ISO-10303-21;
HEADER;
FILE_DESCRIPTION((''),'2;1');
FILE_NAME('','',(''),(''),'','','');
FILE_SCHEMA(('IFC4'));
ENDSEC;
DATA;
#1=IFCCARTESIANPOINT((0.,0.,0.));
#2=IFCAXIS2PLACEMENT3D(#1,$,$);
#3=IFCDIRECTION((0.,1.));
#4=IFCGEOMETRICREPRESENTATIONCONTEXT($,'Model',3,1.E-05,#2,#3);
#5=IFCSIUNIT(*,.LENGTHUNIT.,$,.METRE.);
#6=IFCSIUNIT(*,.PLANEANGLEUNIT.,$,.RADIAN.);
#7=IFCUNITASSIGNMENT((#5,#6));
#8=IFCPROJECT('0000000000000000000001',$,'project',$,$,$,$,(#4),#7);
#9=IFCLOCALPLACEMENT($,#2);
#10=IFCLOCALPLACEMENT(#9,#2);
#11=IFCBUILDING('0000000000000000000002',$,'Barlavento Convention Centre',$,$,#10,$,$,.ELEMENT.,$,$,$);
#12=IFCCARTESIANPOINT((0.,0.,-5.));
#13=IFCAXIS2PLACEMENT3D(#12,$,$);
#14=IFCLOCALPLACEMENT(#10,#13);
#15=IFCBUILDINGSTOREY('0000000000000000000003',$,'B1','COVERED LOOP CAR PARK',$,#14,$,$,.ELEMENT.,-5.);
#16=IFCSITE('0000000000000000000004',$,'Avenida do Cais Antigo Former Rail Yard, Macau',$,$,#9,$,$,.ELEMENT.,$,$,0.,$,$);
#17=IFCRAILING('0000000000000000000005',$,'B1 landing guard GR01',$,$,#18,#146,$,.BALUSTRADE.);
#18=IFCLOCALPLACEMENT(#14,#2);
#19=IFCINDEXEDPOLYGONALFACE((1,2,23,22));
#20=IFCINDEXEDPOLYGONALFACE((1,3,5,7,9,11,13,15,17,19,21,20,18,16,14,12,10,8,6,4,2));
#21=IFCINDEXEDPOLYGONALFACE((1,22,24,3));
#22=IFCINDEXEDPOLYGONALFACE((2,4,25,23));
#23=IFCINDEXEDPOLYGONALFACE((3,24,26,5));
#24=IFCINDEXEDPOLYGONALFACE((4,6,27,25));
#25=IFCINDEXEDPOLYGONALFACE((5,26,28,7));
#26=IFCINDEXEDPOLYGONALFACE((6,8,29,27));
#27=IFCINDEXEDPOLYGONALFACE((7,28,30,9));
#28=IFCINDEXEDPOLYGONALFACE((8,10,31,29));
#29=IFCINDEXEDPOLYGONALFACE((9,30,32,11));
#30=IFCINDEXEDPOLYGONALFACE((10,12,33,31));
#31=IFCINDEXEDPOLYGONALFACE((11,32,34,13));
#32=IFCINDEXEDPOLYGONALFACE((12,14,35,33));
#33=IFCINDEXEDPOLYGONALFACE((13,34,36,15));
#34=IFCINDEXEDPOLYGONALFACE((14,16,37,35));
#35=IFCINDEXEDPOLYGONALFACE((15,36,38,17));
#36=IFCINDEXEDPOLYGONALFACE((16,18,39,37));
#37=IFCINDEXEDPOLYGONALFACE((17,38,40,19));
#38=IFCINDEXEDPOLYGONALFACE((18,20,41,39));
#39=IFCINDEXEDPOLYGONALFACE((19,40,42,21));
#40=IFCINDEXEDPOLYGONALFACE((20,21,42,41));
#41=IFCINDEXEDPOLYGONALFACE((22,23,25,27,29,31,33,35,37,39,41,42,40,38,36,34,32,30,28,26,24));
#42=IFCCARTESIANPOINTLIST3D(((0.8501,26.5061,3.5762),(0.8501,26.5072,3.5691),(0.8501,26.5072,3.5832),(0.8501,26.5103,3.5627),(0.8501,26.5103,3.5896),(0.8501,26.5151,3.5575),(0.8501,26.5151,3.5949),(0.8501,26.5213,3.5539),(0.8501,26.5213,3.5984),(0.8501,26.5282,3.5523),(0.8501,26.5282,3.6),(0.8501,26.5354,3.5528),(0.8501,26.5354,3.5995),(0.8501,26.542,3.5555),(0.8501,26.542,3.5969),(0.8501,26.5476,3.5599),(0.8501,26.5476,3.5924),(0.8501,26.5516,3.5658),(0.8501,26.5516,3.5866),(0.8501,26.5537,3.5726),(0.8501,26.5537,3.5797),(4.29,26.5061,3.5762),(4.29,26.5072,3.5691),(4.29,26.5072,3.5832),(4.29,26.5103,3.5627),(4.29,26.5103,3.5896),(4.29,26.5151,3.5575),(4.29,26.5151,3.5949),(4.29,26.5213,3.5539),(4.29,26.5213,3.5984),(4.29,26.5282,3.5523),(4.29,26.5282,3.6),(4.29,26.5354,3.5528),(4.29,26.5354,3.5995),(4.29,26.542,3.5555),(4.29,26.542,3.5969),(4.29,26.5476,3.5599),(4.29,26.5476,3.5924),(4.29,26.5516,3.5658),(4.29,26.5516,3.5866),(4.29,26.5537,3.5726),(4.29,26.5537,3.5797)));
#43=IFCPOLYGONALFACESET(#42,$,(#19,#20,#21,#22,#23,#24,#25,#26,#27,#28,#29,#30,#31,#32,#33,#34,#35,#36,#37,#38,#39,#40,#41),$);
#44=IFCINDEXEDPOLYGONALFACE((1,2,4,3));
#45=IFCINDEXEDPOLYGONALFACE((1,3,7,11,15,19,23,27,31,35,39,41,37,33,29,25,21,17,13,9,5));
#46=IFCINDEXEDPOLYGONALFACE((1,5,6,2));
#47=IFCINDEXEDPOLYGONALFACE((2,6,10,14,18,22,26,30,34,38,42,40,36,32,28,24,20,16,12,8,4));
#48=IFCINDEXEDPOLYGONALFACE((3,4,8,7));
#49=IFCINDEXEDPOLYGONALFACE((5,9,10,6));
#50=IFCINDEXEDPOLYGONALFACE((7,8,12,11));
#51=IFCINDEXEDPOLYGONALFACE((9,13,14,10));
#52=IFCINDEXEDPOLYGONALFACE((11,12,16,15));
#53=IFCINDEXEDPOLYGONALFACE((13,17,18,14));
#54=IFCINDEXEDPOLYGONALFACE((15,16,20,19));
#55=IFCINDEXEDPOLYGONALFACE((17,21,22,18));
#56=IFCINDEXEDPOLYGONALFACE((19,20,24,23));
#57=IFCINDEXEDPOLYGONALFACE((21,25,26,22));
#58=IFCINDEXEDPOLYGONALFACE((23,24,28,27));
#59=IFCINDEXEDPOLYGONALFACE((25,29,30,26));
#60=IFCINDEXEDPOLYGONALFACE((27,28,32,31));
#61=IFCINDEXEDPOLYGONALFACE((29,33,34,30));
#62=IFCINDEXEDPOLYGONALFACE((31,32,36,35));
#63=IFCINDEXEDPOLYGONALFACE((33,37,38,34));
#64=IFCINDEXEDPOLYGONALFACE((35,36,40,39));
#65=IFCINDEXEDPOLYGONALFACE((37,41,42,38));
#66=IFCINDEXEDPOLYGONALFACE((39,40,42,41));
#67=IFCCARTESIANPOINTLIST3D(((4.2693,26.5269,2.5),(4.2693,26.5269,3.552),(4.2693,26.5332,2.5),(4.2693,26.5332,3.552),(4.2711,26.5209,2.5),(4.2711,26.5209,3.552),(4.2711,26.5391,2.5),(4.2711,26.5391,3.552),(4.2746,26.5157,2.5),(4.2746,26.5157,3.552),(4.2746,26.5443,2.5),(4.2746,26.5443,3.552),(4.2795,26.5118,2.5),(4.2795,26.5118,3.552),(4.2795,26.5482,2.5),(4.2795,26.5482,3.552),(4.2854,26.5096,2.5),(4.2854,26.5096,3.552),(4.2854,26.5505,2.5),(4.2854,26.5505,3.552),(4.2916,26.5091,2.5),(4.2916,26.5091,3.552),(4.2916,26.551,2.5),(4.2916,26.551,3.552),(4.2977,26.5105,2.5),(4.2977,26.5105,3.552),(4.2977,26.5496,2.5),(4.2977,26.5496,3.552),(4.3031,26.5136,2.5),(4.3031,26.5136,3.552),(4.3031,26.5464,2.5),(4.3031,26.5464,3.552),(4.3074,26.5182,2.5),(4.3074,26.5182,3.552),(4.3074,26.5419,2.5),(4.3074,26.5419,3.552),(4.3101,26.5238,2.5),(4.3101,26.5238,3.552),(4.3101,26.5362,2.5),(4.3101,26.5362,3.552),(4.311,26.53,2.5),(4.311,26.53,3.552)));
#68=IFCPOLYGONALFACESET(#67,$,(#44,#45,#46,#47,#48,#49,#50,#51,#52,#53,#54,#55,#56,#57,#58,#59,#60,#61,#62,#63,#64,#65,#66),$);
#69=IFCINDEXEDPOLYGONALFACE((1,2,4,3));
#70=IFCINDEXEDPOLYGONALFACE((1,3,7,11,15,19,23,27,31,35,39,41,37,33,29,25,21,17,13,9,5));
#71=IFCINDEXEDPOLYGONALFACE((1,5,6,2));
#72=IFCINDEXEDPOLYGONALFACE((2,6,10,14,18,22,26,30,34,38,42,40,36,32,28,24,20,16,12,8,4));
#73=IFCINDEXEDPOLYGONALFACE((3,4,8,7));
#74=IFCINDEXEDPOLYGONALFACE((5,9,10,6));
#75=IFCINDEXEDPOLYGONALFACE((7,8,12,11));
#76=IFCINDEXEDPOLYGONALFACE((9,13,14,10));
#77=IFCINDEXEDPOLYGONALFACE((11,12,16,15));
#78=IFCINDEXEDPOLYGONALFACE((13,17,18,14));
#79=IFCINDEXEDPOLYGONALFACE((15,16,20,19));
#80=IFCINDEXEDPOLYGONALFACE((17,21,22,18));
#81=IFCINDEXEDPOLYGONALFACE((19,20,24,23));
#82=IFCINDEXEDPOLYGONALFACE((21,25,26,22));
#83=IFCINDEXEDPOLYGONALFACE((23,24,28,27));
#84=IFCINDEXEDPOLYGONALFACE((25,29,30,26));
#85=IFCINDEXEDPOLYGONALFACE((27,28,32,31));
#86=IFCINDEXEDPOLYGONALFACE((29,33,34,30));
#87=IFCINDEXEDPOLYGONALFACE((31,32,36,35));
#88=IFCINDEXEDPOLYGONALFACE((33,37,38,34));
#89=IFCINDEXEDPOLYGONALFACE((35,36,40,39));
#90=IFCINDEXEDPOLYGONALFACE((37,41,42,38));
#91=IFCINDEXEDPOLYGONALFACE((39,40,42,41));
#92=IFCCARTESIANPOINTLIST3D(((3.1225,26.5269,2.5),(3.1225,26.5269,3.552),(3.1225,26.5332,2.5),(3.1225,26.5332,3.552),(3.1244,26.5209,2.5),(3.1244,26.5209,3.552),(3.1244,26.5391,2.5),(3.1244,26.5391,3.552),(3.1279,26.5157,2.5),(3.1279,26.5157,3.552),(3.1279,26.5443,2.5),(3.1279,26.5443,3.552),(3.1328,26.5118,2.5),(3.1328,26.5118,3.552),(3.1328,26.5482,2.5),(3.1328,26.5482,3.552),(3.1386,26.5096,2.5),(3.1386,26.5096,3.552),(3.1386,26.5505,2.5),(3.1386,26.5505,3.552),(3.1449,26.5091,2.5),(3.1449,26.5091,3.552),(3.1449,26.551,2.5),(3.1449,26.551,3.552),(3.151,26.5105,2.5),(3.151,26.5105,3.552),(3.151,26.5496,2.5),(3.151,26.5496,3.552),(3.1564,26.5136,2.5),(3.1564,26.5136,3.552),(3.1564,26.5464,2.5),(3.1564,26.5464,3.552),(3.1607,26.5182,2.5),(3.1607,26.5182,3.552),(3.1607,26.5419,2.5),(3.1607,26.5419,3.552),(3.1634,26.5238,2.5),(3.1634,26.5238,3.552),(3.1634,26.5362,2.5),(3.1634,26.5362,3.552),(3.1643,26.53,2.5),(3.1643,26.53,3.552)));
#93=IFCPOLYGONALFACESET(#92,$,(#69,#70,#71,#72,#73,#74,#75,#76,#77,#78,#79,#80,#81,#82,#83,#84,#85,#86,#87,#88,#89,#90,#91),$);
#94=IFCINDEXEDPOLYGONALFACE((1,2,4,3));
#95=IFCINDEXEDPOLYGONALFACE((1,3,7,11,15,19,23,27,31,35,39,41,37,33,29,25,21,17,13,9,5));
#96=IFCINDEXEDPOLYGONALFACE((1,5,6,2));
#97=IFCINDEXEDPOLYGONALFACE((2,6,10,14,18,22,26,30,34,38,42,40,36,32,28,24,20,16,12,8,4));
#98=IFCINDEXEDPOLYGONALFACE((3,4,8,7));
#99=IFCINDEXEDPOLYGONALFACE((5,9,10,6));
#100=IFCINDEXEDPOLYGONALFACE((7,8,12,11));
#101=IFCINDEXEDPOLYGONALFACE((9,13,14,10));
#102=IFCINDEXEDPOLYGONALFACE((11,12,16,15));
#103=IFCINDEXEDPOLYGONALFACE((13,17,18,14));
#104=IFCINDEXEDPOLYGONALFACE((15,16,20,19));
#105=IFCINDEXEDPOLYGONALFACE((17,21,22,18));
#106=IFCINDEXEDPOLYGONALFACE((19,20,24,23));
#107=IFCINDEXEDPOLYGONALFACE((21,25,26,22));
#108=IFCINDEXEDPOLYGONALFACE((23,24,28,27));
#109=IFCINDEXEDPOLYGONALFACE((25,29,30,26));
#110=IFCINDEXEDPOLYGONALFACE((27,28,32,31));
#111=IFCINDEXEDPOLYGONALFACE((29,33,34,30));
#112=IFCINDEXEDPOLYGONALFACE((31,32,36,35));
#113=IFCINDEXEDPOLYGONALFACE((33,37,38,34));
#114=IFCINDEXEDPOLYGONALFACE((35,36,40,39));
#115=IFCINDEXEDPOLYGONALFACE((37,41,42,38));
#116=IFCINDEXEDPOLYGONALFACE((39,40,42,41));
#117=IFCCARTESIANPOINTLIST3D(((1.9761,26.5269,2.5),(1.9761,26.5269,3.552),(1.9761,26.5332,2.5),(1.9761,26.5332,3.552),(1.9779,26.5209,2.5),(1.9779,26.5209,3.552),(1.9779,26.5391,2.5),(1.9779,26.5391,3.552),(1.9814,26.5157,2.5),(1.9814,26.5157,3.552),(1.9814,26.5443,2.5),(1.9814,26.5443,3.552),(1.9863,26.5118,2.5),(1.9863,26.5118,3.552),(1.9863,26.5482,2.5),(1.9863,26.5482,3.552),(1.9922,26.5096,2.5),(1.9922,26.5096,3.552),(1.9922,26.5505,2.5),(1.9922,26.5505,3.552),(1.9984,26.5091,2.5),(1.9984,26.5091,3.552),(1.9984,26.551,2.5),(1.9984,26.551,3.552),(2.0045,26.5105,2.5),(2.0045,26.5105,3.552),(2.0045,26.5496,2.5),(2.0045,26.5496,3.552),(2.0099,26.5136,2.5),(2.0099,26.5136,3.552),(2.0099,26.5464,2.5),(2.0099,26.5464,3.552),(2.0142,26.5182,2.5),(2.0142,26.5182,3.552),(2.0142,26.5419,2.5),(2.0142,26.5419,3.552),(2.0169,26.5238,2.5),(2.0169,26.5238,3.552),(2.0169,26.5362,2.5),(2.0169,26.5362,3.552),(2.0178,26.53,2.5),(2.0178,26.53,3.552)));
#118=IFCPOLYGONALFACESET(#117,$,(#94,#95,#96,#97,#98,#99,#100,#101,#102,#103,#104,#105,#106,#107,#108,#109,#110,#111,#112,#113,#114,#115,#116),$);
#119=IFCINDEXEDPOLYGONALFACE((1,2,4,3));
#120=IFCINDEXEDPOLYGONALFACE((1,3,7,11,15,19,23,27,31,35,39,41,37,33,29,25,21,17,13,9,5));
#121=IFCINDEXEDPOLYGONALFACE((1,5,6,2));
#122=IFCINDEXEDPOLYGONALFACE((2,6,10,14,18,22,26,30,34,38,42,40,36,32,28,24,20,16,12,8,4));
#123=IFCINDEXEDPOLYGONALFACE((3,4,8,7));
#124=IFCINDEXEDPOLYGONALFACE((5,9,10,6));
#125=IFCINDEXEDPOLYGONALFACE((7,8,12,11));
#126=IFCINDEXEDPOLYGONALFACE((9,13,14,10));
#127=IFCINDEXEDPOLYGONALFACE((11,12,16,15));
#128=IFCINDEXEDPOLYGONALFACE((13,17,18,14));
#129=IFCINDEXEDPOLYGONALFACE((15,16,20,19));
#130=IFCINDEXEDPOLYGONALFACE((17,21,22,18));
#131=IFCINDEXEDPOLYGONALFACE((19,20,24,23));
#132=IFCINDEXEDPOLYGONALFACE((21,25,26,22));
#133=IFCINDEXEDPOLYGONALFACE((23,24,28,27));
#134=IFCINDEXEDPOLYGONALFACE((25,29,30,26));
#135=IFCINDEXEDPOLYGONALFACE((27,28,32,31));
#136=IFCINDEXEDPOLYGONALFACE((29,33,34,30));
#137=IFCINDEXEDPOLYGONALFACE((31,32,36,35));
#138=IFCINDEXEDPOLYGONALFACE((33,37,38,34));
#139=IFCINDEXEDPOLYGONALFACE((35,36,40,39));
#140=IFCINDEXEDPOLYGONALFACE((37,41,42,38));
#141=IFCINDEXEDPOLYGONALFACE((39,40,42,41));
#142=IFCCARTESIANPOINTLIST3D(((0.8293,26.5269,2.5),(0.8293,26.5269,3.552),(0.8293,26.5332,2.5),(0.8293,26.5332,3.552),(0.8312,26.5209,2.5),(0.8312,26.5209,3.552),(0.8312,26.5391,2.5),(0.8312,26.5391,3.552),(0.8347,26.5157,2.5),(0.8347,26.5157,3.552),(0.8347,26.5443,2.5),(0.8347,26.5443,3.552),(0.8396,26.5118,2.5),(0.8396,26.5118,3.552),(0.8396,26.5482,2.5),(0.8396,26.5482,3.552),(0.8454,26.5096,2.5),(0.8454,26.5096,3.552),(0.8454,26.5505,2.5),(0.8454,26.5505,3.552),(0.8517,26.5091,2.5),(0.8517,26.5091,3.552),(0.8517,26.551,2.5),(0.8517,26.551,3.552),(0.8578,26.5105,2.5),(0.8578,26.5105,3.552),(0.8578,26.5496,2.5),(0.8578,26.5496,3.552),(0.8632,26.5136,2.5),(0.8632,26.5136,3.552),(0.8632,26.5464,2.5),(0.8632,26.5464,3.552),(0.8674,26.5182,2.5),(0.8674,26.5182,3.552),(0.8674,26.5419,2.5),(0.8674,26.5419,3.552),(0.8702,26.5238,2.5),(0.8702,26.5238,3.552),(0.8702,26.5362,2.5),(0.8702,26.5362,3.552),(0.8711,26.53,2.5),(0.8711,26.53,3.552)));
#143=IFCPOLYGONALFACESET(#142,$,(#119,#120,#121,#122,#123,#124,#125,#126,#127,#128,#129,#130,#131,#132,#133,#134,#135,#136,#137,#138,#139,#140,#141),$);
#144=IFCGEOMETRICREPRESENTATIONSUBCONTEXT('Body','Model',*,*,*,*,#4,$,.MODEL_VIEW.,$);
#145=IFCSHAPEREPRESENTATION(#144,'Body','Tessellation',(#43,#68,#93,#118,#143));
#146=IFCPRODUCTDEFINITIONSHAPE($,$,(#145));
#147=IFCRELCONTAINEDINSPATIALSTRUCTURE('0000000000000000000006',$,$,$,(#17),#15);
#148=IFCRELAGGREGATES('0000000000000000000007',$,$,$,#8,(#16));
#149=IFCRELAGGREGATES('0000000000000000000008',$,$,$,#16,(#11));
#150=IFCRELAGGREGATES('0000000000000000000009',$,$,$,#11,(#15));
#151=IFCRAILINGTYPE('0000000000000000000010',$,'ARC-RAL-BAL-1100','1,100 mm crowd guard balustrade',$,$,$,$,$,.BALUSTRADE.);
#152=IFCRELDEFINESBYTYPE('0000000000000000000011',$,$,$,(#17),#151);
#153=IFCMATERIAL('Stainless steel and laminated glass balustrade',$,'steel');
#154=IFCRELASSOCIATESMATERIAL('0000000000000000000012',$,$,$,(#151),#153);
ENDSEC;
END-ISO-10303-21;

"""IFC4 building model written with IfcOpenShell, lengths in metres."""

from ifc_helpers import new_model, si_unit, direction, frame, origin, origin_2d, place, context, subcontext, project, spatial, circle, extrude, material, type_object, element, save


model = new_model("IFC4")

# Units and contexts
model_context = context("Model", 3, precision=1e-05, world=origin(), true_north=direction((0.0, 1.0)))
body_context = subcontext(model_context, "Body", "Model", "MODEL_VIEW")
ifc_project = project(units=[si_unit("LENGTHUNIT", "METRE"), si_unit("PLANEANGLEUNIT", "RADIAN")], contexts=[model_context])

# Site, building, storey
site_placement = place(None, origin())
site = spatial("IfcSite", under=ifc_project, at=site_placement, Name="Avenida do Cais Antigo Former Rail Yard, Macau", CompositionType="ELEMENT", RefElevation=0.0)
building_placement = place(site_placement, origin())
building = spatial("IfcBuilding", under=site, at=building_placement, Name="Barlavento Convention Centre", CompositionType="ELEMENT")
storey_placement = place(building_placement, frame((0.0, 0.0, -5.0)))
storey = spatial("IfcBuildingStorey", under=building, at=storey_placement, Name="B1", Description="COVERED LOOP CAR PARK", CompositionType="ELEMENT", Elevation=-5.0)

# Railing
ifc_material_1 = material(Name="Stainless steel and laminated glass balustrade", Category="steel")
railing_type = type_object("IfcRailingType", Name="ARC-RAL-BAL-1100", Description="1,100 mm crowd guard balustrade", PredefinedType="BALUSTRADE", material=ifc_material_1)
railing_placement = place(storey_placement, frame((4.29, 26.53, 2.5)))
element("IfcRailing", 1, at=railing_placement, inside=storey, type_object=railing_type, Name="B1 landing guard GR01", PredefinedType="BALUSTRADE", context=body_context, shape_type="SweptSolid", body=[
    extrude(circle(Radius=0.0239, at=origin_2d()), frame((0.0, 0.0, 1.0762), z_axis=(-1.0, 0.0, 0.0), x_axis=(0.0, -1.0, 0.0)), (0.0, 0.0, 1.0), 3.4399),
    extrude(circle(Radius=0.021, at=origin_2d()), origin(), (0.0, 0.0, 1.0), 1.052),
    extrude(circle(Radius=0.021, at=origin_2d()), frame((-1.1467, 0.0, 0.0)), (0.0, 0.0, 1.0), 1.052),
    extrude(circle(Radius=0.021, at=origin_2d()), frame((-2.2932, 0.0, 0.0)), (0.0, 0.0, 1.0), 1.052),
    extrude(circle(Radius=0.021, at=origin_2d()), frame((-3.4399, 0.0, 0.0)), (0.0, 0.0, 1.0), 1.052),
])

save(model, "model.ifc")
